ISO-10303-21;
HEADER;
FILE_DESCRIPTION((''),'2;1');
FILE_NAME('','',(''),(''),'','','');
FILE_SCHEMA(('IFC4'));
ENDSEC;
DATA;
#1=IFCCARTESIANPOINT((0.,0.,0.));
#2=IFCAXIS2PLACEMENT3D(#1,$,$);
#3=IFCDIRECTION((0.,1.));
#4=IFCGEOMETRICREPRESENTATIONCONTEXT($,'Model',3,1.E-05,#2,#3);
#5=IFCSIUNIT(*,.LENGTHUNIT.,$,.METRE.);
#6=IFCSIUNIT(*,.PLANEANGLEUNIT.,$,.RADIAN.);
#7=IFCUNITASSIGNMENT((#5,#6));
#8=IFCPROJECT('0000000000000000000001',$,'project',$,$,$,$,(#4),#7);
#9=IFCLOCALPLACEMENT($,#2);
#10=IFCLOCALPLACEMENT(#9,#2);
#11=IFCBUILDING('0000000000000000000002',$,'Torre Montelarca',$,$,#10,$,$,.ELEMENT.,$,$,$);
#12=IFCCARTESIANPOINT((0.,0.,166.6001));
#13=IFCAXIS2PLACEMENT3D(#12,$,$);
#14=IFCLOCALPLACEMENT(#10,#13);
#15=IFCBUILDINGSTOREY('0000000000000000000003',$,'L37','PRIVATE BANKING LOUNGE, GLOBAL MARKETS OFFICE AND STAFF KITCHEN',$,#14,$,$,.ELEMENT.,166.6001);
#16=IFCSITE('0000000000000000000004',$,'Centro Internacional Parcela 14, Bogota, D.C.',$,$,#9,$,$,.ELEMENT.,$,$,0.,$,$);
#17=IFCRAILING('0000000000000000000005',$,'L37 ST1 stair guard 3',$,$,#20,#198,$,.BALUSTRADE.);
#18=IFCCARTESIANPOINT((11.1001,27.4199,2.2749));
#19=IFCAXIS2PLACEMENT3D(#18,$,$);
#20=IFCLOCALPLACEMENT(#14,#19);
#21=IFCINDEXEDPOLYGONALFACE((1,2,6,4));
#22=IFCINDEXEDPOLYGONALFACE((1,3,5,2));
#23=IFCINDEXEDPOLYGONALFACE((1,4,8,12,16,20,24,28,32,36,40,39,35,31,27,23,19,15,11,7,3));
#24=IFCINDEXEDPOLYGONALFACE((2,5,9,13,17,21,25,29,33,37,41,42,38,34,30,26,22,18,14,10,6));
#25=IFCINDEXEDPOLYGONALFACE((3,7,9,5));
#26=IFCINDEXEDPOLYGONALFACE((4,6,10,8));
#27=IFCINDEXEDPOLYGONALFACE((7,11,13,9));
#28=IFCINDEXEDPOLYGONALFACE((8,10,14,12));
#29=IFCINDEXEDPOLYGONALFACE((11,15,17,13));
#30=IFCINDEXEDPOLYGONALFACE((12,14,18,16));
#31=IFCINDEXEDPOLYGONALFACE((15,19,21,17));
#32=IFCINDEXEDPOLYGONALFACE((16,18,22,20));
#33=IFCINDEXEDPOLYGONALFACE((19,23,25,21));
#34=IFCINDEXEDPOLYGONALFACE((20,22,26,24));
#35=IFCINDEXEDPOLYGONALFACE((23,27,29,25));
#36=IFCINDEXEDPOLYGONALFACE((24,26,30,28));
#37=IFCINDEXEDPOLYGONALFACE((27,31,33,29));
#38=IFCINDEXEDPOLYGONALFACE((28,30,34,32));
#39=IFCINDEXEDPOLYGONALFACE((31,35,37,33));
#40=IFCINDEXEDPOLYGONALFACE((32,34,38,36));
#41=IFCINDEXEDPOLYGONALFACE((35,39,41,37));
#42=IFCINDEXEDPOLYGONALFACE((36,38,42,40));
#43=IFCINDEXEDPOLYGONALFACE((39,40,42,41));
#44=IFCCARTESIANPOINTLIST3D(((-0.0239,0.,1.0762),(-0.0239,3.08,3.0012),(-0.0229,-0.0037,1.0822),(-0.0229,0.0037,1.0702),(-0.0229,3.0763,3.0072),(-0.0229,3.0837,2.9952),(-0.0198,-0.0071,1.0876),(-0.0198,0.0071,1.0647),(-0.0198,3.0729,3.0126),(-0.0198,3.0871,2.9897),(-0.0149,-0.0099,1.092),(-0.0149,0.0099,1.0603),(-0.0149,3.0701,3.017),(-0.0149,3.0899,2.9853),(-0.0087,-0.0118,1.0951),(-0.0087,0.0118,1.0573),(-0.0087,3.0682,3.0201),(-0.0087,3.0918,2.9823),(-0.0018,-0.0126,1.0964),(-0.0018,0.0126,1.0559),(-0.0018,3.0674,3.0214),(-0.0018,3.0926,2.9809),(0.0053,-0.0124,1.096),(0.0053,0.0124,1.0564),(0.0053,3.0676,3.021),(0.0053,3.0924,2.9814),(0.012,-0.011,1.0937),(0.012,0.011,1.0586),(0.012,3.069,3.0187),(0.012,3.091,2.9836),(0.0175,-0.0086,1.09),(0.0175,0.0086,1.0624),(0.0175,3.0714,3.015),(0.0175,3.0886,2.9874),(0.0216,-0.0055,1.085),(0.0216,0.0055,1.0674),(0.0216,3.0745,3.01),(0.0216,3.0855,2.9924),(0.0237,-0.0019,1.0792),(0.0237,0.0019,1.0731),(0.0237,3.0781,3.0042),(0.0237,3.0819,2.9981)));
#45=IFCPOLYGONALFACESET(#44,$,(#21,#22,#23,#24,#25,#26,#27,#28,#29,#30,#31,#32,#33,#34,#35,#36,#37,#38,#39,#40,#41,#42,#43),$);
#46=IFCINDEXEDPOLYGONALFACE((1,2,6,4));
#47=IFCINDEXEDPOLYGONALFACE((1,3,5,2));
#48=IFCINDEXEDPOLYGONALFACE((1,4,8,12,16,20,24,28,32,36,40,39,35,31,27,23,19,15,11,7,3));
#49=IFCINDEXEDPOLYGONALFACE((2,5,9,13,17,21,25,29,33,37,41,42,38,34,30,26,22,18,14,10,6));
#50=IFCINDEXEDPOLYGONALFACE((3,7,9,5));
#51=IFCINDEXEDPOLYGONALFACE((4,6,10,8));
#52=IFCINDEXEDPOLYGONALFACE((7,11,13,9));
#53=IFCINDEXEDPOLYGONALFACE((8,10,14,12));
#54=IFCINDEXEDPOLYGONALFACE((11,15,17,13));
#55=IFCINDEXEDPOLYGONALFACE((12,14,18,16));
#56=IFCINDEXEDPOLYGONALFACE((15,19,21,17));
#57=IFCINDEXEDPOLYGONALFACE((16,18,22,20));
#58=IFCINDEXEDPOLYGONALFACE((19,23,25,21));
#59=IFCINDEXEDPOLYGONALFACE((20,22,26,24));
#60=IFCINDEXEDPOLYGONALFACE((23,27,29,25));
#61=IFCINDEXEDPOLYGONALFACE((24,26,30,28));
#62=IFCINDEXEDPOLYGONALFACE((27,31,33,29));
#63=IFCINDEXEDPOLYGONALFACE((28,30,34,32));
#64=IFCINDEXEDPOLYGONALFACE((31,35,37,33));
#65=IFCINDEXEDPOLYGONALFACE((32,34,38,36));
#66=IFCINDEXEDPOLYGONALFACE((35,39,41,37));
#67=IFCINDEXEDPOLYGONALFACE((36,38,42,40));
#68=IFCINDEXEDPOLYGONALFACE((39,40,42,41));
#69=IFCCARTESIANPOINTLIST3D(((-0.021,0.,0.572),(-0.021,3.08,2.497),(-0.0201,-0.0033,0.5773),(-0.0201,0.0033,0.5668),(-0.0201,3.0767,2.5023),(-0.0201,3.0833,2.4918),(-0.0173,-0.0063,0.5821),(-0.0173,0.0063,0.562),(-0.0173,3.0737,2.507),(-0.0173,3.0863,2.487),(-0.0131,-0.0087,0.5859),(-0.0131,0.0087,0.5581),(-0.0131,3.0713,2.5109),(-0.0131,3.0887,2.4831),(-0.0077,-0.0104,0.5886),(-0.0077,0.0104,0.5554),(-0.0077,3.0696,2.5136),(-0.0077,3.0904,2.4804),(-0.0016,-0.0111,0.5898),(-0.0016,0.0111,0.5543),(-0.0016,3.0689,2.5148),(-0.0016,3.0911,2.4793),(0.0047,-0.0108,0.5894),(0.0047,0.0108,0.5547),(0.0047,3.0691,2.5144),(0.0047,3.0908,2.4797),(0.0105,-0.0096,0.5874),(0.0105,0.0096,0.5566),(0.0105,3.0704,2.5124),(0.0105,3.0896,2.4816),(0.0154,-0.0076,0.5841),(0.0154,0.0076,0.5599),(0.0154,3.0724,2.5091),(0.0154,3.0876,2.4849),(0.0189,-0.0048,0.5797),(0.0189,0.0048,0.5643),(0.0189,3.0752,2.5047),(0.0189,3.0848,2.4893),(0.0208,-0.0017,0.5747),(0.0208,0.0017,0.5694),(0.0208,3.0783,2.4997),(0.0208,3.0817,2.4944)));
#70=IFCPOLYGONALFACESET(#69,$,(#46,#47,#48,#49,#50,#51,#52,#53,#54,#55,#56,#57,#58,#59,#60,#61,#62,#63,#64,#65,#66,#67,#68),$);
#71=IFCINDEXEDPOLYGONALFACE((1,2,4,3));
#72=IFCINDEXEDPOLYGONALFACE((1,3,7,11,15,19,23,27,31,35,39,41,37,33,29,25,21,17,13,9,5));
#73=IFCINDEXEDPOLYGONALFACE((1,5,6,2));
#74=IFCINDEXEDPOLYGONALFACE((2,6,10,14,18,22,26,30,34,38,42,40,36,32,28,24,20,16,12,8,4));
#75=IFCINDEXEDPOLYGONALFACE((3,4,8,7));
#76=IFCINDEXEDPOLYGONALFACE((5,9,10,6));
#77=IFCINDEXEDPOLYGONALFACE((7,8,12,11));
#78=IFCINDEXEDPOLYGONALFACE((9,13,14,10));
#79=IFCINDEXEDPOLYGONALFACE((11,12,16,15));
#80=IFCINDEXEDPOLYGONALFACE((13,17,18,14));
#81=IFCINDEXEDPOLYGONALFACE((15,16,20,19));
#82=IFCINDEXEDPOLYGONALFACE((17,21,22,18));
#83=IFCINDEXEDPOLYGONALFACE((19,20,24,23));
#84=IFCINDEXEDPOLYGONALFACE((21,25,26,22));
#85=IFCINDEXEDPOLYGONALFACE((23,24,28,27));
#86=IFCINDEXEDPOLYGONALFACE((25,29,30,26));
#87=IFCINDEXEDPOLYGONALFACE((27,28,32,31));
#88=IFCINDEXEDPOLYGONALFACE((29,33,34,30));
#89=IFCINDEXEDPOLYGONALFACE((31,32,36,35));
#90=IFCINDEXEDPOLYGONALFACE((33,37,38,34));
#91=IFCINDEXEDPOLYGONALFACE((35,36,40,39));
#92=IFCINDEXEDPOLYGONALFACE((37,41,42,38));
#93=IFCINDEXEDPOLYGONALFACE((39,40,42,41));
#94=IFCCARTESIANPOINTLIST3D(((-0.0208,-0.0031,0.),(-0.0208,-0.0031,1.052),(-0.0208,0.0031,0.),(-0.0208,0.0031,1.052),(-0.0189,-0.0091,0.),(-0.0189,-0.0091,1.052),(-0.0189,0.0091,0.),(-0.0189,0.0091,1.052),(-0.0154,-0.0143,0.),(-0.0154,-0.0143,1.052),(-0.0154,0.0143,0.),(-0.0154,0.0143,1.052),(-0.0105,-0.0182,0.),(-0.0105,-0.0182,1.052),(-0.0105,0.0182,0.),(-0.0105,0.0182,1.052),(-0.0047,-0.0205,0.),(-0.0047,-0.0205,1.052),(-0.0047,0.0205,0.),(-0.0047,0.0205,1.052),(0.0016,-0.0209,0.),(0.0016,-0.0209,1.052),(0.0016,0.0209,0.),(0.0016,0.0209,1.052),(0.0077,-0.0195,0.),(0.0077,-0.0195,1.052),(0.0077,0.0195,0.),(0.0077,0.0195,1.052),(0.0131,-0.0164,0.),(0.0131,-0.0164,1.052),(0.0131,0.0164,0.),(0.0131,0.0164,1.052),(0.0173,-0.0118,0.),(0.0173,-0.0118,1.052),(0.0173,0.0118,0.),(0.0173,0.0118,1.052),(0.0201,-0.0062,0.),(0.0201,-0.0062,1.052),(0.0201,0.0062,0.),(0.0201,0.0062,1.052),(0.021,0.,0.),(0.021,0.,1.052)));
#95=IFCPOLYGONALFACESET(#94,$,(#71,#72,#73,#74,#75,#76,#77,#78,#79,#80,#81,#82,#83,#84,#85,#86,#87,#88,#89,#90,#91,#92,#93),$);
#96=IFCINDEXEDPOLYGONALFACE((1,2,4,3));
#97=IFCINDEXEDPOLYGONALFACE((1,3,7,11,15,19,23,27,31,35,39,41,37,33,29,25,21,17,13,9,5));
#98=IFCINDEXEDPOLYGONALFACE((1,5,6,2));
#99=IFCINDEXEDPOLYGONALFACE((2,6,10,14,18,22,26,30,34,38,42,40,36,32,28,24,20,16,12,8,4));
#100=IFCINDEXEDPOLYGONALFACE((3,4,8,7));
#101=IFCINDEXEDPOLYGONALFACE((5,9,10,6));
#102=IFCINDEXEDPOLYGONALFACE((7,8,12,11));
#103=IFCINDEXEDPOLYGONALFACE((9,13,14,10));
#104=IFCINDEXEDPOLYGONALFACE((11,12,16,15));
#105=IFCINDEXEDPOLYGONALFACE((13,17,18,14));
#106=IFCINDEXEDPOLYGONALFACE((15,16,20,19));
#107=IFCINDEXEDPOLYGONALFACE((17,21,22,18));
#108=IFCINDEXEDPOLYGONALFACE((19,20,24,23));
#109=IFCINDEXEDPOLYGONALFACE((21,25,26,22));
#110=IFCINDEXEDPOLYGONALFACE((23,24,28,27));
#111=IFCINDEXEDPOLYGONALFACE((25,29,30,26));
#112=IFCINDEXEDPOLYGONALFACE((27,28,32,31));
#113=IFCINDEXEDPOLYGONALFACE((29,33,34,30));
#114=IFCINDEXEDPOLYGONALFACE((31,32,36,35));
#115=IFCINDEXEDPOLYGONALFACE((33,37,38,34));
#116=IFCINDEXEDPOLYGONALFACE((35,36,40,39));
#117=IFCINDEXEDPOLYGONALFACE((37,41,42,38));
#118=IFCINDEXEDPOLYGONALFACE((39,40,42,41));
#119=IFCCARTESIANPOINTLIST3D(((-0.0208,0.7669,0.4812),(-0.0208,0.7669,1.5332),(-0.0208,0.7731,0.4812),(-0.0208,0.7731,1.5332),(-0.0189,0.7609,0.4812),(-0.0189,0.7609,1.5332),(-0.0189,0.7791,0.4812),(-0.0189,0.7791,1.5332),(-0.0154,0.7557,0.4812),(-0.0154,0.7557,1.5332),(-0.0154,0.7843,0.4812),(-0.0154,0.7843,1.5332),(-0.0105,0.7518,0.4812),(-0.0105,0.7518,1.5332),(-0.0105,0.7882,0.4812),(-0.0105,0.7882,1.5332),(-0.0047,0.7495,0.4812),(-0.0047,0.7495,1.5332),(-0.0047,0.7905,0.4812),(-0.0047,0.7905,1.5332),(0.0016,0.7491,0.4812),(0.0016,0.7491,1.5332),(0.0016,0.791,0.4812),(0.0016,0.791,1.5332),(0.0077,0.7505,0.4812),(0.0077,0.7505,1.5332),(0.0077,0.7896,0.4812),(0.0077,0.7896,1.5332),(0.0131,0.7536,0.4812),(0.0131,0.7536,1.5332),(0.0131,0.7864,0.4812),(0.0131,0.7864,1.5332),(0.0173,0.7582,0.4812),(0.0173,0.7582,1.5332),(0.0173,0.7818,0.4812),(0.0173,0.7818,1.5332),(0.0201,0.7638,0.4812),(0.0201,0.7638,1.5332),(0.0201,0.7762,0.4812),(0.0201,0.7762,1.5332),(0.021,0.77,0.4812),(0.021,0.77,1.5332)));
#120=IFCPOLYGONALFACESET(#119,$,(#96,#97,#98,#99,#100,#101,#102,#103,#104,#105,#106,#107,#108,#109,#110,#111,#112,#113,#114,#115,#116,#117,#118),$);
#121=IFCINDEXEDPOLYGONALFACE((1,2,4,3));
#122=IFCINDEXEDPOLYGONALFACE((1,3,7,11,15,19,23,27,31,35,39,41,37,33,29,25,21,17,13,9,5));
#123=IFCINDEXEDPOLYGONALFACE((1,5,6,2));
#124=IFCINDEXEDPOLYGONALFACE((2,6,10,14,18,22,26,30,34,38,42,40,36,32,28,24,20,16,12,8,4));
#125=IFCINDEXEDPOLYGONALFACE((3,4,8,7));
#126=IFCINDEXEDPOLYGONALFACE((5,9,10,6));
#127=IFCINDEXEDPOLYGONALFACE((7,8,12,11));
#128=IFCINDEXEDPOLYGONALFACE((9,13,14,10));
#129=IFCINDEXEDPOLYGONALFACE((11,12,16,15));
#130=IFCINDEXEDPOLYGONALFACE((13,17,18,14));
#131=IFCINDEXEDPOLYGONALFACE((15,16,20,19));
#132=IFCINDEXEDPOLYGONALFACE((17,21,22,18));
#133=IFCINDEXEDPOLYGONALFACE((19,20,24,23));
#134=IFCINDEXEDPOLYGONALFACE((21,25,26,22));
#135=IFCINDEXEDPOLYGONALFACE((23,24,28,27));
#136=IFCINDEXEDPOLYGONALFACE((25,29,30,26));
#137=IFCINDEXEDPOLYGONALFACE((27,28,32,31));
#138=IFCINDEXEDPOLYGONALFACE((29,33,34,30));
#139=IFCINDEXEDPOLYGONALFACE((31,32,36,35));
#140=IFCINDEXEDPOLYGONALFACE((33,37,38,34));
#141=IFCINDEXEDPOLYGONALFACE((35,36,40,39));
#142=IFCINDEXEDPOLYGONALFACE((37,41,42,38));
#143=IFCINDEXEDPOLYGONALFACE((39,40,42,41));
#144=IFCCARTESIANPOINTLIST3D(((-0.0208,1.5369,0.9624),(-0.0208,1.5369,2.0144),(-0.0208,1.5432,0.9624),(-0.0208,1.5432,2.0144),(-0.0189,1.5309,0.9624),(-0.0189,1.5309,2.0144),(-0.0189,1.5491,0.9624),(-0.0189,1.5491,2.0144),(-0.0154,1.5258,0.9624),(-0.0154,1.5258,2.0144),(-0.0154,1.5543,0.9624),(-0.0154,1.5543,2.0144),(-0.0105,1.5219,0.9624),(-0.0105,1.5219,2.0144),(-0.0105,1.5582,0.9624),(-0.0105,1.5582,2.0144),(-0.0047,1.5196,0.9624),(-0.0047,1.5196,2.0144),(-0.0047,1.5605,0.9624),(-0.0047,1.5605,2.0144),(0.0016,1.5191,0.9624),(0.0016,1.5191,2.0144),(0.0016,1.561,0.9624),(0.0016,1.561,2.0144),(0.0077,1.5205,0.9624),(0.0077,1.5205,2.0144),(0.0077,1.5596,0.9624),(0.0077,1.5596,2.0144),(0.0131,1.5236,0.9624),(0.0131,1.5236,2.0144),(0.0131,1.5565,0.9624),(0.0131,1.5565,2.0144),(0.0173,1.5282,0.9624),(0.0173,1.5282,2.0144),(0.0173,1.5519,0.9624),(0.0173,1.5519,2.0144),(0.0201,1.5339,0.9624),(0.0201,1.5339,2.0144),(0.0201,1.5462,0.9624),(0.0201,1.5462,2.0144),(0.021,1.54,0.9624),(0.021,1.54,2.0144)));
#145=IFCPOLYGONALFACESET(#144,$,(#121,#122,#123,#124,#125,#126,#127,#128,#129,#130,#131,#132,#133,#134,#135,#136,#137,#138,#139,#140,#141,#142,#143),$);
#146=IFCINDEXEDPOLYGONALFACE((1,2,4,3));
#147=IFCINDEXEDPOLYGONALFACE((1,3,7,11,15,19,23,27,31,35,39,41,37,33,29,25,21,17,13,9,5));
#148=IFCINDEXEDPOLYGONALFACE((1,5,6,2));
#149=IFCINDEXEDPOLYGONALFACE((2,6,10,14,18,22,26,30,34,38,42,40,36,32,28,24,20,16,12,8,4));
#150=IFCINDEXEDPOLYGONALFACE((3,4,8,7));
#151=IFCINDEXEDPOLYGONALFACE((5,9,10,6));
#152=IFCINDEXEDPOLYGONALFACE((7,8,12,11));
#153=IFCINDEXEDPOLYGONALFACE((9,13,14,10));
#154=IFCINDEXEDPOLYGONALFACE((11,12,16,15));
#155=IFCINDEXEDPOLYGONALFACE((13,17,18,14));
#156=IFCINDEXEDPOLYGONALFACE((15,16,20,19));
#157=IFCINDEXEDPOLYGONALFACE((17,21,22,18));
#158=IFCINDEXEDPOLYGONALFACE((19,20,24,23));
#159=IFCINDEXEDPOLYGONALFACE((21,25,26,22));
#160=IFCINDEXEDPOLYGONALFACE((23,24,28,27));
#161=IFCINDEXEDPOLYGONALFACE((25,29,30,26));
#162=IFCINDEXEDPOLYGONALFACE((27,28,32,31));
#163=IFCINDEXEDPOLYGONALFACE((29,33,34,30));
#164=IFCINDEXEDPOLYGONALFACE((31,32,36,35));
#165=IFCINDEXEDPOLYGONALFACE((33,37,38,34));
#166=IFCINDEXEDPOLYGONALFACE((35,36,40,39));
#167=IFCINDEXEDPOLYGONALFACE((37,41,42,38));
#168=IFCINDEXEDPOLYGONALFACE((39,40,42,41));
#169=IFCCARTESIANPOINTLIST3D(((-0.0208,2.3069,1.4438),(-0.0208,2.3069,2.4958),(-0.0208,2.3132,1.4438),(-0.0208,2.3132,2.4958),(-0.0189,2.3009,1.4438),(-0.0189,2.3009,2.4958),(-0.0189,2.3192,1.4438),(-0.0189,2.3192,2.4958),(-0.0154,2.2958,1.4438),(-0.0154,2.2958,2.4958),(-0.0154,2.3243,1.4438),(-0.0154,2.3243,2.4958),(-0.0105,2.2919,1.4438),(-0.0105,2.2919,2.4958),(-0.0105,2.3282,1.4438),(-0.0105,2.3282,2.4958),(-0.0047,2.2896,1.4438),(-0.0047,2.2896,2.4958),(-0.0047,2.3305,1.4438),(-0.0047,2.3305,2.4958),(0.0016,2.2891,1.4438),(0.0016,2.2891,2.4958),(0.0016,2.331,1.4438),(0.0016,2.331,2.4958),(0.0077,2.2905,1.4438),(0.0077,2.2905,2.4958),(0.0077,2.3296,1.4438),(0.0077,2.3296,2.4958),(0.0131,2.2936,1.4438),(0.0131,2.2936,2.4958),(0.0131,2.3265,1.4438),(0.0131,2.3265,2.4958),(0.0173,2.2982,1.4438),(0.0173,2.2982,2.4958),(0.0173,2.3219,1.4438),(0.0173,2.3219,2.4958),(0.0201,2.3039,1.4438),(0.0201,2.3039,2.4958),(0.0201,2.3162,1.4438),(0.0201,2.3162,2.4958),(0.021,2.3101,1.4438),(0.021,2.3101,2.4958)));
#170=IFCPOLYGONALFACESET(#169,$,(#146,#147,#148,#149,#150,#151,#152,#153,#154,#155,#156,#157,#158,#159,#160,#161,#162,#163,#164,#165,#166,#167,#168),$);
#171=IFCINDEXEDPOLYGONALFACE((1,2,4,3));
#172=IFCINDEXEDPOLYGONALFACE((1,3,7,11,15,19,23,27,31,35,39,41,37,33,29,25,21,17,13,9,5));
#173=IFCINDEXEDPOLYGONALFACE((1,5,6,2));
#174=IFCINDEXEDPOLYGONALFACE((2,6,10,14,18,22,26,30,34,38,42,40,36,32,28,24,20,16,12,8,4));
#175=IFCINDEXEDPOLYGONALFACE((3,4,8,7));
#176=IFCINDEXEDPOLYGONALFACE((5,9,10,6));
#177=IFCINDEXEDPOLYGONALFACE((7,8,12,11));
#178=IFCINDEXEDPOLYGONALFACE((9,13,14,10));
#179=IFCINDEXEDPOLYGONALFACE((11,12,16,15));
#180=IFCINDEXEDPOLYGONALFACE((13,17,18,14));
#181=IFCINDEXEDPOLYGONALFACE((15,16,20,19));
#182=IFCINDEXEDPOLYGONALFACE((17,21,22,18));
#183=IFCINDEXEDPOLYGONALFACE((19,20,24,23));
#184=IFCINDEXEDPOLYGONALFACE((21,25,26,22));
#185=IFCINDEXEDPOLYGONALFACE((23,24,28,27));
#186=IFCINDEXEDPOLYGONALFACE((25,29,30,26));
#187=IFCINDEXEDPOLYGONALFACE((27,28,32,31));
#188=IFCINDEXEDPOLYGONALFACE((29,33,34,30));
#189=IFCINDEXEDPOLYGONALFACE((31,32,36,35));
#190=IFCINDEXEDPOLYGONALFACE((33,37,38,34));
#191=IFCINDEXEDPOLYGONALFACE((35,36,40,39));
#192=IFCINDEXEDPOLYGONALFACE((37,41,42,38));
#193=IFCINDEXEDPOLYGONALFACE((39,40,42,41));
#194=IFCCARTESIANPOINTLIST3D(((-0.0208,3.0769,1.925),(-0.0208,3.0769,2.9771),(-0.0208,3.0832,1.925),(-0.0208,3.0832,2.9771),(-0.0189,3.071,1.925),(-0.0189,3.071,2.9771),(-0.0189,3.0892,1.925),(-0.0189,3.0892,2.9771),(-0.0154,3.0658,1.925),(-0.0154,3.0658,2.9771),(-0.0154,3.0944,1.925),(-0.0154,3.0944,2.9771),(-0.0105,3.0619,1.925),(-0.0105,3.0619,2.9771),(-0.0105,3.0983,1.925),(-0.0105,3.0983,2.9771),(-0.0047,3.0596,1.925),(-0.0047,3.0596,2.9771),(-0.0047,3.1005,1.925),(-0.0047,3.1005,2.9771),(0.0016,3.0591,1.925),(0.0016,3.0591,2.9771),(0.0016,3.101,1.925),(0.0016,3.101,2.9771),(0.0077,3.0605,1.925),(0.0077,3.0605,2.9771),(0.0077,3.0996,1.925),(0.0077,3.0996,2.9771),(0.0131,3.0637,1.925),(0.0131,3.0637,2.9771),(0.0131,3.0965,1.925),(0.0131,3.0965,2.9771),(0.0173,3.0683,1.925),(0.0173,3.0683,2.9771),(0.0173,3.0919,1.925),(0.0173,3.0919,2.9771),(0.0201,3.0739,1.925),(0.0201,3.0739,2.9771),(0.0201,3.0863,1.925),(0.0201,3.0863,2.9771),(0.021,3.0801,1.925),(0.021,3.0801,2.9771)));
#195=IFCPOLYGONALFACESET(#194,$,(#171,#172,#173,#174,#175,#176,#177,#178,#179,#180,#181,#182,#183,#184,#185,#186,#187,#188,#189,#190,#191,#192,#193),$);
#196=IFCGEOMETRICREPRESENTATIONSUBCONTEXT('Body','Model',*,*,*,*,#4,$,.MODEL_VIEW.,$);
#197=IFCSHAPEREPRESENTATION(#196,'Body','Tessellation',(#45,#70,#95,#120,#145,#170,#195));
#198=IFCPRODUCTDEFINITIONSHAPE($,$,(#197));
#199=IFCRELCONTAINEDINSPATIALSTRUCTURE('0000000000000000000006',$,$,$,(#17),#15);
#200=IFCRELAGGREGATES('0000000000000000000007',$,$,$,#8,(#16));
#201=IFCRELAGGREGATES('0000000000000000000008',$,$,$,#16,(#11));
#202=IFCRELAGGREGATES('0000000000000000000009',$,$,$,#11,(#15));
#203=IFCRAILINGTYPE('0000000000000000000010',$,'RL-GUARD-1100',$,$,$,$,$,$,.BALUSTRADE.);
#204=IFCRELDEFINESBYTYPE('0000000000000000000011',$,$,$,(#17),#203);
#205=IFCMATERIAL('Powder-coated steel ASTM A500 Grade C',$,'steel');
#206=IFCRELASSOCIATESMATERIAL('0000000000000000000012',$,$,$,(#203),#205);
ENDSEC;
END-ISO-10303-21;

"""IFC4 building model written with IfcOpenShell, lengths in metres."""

from ifc_helpers import new_model, si_unit, direction, frame, origin, origin_2d, place, context, subcontext, project, spatial, circle, extrude, material, type_object, element, save


model = new_model("IFC4")

# Units and contexts
model_context = context("Model", 3, precision=1e-05, world=origin(), true_north=direction((0.0, 1.0)))
body_context = subcontext(model_context, "Body", "Model", "MODEL_VIEW")
ifc_project = project(units=[si_unit("LENGTHUNIT", "METRE"), si_unit("PLANEANGLEUNIT", "RADIAN")], contexts=[model_context])

# Site, building, storey
site_placement = place(None, origin())
site = spatial("IfcSite", under=ifc_project, at=site_placement, Name="Centro Internacional Parcela 14, Bogota, D.C.", CompositionType="ELEMENT", RefElevation=0.0)
building_placement = place(site_placement, origin())
building = spatial("IfcBuilding", under=site, at=building_placement, Name="Torre Montelarca", CompositionType="ELEMENT")
storey_placement = place(building_placement, frame((0.0, 0.0, 166.6001)))
storey = spatial("IfcBuildingStorey", under=building, at=storey_placement, Name="L37", Description="PRIVATE BANKING LOUNGE, GLOBAL MARKETS OFFICE AND STAFF KITCHEN", CompositionType="ELEMENT", Elevation=166.6001)

# Railing
ifc_material_1 = material(Name="Powder-coated steel ASTM A500 Grade C", Category="steel")
railing_type_1 = type_object("IfcRailingType", Name="RL-GUARD-1100", PredefinedType="BALUSTRADE", material=ifc_material_1)
railing_1_placement = place(storey_placement, frame((11.1001, 27.4199, 2.2749)))
element("IfcRailing", 1, at=railing_1_placement, inside=storey, type_object=railing_type_1, Name="L37 ST1 stair guard 3", PredefinedType="BALUSTRADE", context=body_context, shape_type="SweptSolid", body=[
    extrude(circle(Radius=0.0239, at=origin_2d()), frame((0.0, 0.0, 1.0762), z_axis=(0.0, 0.847998, 0.529999), x_axis=(-1.0, 0.0, 0.0)), (0.0, 0.0, 1.0), 3.6321),
    extrude(circle(Radius=0.021, at=origin_2d()), frame((0.0, 0.0, 0.572), z_axis=(0.0, 0.847998, 0.529999), x_axis=(-1.0, 0.0, 0.0)), (0.0, 0.0, 1.0), 3.6321),
    extrude(circle(Radius=0.021, at=origin_2d()), origin(), (0.0, 0.0, 1.0), 1.052),
    extrude(circle(Radius=0.021, at=origin_2d()), frame((0.0, 0.77, 0.4812)), (0.0, 0.0, 1.0), 1.052),
    extrude(circle(Radius=0.021, at=origin_2d()), frame((0.0, 1.54, 0.9624)), (0.0, 0.0, 1.0), 1.052),
    extrude(circle(Radius=0.021, at=origin_2d()), frame((0.0, 2.3101, 1.4438)), (0.0, 0.0, 1.0), 1.052),
    extrude(circle(Radius=0.021, at=origin_2d()), frame((0.0, 3.0801, 1.925)), (0.0, 0.0, 1.0), 1.052),
])

save(model, "model.ifc")
